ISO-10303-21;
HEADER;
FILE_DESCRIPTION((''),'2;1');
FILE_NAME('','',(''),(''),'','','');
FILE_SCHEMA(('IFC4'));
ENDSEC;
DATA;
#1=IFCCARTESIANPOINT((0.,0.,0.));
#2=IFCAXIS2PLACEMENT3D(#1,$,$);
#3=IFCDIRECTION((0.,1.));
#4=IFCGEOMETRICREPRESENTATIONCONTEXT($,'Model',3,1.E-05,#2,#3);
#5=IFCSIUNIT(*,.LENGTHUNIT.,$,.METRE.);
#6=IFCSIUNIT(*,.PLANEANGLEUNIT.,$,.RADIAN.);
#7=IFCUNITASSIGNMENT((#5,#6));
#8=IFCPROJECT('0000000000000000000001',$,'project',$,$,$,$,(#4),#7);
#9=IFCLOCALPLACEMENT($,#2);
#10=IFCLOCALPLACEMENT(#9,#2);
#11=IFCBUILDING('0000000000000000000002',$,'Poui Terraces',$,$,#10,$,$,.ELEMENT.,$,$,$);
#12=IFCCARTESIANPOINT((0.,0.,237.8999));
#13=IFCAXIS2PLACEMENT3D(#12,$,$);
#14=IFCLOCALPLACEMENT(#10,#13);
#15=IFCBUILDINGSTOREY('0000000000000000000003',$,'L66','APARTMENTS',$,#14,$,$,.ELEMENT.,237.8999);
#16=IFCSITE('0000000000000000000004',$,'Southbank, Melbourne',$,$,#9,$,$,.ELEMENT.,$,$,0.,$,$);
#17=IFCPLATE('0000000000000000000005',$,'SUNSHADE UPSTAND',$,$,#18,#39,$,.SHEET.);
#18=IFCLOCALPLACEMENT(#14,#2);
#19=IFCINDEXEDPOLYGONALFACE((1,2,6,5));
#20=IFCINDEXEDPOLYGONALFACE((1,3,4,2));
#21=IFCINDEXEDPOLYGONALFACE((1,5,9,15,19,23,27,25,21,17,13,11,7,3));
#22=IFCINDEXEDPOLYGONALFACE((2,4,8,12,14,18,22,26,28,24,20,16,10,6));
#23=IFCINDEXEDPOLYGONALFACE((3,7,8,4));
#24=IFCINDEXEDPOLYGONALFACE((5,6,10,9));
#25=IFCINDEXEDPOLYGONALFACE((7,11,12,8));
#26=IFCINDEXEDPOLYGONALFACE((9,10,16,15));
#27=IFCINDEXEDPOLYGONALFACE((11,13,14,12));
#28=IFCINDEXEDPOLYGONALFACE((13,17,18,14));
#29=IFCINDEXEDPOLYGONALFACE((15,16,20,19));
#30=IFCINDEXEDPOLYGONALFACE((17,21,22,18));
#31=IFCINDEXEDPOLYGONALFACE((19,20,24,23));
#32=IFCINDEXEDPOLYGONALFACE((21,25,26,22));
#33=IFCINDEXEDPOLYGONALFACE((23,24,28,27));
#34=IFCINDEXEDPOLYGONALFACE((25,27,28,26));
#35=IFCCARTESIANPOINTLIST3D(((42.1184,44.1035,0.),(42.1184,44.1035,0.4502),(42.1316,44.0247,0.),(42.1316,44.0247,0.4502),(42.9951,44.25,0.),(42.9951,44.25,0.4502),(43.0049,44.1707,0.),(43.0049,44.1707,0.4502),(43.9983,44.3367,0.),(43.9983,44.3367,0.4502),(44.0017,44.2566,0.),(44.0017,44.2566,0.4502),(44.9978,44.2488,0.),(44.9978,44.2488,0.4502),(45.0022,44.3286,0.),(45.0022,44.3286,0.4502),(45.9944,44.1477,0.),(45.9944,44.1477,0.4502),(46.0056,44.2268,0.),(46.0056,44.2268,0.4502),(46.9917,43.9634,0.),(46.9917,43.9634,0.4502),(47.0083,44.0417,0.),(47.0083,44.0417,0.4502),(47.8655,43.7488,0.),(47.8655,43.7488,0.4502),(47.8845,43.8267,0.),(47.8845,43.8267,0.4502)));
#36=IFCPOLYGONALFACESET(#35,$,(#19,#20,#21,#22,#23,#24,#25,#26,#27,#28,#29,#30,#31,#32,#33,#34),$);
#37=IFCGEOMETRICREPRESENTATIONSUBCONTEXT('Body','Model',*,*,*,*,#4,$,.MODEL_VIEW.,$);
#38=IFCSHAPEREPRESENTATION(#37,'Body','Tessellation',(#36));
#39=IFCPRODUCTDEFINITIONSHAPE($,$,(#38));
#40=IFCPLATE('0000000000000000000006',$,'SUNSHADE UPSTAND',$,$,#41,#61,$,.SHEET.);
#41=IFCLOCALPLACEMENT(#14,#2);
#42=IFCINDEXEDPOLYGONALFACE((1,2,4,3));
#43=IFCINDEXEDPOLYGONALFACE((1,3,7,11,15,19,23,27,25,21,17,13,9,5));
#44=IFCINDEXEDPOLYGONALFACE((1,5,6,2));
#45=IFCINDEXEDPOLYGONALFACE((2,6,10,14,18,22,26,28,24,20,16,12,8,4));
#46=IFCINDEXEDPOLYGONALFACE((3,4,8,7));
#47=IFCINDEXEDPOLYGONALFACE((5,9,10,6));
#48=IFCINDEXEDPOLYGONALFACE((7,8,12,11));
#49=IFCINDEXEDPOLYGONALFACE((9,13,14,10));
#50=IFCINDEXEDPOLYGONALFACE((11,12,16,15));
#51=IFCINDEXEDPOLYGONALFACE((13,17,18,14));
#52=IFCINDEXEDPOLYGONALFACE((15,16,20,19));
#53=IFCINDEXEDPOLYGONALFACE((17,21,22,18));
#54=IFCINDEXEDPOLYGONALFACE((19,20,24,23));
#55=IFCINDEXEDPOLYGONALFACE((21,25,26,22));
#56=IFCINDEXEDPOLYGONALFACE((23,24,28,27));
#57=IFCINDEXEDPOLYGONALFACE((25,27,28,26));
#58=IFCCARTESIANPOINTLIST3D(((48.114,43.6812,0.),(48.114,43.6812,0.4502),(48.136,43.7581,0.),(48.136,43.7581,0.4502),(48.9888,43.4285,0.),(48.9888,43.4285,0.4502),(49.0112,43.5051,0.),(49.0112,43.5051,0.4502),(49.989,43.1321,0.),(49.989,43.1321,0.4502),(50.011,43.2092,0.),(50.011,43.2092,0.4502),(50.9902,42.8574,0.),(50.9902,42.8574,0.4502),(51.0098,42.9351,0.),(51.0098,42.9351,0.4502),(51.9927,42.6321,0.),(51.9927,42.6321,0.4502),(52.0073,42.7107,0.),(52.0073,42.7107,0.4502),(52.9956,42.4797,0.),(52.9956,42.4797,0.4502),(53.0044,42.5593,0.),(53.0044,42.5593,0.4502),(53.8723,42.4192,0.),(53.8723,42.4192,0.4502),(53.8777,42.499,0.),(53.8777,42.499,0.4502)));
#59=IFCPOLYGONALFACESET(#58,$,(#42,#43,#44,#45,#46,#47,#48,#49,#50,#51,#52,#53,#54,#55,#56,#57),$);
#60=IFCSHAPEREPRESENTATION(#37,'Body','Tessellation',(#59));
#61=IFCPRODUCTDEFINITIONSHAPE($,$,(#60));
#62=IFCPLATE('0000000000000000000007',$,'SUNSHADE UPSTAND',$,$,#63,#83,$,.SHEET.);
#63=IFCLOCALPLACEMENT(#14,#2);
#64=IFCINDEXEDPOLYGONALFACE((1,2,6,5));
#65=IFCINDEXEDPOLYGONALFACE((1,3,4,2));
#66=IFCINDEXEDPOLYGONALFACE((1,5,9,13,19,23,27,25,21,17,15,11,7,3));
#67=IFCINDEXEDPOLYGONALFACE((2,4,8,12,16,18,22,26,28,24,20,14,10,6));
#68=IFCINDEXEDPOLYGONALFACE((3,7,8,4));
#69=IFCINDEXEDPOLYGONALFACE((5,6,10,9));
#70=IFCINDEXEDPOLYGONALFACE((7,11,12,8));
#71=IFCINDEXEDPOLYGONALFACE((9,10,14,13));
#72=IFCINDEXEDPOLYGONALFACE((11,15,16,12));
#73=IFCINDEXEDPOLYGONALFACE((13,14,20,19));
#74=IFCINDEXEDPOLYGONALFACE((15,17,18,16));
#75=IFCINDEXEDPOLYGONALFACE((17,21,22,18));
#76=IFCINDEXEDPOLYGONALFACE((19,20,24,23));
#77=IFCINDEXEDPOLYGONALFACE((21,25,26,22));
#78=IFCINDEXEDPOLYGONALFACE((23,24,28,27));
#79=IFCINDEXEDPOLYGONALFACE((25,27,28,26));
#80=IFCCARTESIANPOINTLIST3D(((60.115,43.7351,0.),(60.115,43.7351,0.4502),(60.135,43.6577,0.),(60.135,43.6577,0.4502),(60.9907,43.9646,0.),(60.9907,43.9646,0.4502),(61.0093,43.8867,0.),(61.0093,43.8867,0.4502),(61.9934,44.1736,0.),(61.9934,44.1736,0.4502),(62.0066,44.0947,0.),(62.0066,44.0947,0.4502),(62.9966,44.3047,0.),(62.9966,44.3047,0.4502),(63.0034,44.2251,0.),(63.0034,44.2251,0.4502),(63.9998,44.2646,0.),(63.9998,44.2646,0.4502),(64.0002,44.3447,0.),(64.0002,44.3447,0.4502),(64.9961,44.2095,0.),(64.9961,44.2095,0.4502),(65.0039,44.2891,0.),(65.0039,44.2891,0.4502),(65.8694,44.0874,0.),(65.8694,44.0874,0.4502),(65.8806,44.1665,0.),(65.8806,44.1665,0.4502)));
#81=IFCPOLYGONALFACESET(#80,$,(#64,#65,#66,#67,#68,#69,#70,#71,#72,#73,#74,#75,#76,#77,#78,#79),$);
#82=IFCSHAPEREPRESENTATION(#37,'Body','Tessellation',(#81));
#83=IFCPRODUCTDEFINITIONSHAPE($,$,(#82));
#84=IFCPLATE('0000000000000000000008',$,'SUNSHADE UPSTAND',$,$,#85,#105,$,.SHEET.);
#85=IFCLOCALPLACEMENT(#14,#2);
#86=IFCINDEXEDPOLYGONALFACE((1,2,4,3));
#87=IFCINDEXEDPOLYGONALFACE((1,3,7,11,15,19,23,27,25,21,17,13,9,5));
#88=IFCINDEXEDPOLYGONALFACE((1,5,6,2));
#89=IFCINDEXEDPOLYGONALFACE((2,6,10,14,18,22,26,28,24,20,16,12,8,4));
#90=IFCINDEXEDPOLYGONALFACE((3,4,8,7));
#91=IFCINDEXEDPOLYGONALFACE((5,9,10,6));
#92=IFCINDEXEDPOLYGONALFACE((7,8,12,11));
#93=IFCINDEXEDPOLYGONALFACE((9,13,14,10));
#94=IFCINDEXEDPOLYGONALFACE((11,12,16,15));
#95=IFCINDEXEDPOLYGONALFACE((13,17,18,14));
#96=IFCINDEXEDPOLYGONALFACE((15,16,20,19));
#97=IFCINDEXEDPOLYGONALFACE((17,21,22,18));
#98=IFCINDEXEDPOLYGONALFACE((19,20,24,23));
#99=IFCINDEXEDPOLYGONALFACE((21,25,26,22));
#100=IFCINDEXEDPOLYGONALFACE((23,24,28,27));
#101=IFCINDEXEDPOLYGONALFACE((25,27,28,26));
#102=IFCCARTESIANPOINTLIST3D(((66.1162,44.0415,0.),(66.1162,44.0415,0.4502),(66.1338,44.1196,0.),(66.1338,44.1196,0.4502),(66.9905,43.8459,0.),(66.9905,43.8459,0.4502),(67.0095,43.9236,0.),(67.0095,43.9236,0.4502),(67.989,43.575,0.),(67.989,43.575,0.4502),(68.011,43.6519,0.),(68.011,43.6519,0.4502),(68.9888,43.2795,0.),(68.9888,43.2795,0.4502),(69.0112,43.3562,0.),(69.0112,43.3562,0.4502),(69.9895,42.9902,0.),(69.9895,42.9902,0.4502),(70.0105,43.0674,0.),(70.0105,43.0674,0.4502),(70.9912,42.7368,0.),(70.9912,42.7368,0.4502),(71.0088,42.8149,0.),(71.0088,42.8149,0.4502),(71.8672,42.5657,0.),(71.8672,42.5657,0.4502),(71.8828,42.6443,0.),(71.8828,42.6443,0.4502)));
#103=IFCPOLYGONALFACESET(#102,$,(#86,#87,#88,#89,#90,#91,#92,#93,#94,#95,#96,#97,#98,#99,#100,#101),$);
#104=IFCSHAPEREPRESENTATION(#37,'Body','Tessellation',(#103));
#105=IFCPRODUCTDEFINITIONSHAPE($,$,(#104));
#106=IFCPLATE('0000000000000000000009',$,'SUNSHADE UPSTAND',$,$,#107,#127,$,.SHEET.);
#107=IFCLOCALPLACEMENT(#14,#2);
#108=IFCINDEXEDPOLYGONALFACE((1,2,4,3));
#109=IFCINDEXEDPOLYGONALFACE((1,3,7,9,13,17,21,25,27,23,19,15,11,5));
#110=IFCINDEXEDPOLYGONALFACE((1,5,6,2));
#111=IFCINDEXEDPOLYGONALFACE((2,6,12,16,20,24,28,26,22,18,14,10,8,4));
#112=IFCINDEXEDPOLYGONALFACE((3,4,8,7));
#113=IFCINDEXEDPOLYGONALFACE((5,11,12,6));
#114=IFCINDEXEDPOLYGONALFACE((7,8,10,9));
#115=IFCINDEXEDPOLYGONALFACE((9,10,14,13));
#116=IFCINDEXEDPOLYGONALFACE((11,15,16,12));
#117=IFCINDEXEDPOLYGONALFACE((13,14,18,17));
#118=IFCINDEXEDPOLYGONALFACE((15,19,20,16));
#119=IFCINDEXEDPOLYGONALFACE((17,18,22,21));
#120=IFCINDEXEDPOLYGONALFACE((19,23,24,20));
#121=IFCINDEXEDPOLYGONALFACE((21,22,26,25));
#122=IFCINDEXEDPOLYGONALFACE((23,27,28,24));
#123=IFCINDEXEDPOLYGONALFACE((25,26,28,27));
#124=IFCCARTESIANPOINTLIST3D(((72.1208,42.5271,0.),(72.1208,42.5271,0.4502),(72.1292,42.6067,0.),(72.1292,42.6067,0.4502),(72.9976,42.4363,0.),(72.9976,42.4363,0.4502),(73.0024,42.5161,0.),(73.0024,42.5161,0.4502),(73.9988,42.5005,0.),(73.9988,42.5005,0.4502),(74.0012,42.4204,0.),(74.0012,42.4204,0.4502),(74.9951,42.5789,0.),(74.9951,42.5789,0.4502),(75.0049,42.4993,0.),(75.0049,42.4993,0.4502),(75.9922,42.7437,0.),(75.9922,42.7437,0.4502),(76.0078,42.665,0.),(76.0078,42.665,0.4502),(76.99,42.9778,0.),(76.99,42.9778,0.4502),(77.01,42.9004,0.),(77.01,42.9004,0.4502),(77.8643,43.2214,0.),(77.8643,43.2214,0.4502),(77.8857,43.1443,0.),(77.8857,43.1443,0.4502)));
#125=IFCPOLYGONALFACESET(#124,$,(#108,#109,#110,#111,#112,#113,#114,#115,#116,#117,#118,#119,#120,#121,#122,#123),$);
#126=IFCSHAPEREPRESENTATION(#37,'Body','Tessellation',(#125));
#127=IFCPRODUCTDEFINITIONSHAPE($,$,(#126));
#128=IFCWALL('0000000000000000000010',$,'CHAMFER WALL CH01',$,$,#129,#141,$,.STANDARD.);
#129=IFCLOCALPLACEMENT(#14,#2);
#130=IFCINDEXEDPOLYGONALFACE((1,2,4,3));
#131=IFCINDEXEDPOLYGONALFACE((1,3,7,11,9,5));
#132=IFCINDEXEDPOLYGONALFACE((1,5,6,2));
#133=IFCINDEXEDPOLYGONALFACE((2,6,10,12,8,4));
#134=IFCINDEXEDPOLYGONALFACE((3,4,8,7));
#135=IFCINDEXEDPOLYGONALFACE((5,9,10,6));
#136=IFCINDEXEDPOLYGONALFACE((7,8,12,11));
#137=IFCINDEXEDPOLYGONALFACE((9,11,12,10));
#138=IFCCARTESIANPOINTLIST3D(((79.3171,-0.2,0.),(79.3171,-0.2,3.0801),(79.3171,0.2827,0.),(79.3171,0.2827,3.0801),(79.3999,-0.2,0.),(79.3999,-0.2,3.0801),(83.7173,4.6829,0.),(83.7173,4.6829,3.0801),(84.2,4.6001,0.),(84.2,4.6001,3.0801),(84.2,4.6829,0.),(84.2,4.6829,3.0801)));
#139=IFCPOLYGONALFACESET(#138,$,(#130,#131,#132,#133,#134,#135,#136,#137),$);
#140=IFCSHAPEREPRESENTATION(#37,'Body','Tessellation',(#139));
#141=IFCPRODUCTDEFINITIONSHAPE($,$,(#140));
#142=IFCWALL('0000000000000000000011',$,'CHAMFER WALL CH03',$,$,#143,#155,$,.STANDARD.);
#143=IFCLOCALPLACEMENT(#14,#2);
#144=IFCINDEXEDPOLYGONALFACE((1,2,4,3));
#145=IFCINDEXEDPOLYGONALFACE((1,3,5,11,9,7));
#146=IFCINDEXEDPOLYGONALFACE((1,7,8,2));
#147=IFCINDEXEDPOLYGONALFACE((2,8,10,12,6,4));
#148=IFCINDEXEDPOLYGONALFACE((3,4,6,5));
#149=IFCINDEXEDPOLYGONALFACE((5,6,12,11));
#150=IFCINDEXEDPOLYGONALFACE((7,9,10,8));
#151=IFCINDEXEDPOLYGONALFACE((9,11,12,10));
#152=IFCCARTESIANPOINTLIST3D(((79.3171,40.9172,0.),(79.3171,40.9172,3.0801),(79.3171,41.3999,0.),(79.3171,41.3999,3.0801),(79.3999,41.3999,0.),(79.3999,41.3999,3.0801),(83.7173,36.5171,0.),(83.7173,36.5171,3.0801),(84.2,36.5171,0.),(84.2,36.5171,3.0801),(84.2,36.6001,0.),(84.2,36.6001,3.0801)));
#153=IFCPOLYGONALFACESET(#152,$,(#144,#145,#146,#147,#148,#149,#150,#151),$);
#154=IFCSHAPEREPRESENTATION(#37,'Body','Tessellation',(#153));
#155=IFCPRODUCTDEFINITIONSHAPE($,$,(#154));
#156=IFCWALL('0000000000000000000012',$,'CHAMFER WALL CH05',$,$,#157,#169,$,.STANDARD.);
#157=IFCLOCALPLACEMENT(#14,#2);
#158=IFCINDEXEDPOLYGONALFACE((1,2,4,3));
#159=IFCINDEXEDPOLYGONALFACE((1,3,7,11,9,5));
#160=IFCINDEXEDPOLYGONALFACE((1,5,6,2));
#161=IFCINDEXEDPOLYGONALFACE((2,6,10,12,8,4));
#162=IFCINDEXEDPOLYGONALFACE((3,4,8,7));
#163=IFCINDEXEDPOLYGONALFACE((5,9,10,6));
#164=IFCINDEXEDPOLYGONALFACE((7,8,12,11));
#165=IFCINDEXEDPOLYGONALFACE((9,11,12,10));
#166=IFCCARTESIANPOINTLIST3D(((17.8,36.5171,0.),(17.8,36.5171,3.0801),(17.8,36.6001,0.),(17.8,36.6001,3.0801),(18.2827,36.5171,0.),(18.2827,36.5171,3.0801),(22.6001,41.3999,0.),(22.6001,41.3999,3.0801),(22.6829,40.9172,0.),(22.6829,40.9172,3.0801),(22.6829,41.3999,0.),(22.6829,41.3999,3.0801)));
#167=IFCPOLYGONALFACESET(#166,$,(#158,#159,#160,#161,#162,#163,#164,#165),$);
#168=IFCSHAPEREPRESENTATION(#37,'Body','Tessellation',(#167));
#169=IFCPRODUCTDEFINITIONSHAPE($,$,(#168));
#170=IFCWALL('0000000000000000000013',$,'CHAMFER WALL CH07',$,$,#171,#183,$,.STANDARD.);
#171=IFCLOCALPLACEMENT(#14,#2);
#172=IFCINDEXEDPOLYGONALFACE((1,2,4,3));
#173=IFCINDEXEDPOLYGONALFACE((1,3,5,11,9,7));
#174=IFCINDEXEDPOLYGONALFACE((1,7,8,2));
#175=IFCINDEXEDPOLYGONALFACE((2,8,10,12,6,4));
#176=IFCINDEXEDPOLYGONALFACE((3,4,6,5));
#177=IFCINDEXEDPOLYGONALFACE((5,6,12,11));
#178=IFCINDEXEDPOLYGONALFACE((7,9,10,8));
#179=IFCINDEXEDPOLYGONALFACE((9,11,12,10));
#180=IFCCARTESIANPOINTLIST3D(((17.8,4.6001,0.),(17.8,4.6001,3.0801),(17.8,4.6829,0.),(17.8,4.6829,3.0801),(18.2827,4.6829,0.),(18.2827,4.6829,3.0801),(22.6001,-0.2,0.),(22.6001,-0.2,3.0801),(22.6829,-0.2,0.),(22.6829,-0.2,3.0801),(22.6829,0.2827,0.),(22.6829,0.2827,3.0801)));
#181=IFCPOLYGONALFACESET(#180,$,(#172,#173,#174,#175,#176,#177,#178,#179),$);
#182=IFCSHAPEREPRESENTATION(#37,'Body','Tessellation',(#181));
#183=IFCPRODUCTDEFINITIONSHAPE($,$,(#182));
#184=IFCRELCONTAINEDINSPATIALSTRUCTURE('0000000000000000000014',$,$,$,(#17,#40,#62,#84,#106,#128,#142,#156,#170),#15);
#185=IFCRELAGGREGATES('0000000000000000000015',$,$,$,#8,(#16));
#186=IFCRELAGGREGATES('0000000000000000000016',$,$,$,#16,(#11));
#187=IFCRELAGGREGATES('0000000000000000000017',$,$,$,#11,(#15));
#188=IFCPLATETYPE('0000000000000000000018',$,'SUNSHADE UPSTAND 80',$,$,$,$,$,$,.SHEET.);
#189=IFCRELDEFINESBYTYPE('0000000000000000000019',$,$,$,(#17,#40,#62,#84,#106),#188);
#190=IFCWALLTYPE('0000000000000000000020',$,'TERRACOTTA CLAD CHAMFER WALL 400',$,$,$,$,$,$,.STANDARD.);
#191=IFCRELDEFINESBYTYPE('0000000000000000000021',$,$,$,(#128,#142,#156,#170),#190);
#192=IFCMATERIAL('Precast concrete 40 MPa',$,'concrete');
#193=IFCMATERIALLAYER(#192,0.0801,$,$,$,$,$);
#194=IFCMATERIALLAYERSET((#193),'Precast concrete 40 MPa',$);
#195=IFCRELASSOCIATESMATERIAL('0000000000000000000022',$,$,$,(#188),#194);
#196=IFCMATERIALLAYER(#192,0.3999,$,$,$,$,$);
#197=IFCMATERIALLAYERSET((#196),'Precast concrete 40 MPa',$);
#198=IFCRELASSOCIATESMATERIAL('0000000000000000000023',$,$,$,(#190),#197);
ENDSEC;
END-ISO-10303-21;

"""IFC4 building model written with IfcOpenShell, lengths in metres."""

from ifc_helpers import new_model, si_unit, direction, frame, origin, place, context, subcontext, project, spatial, polyline, outline, extrude, material, layer, layer_set, type_object, element, save


model = new_model("IFC4")

# Units and contexts
model_context = context("Model", 3, precision=1e-05, world=origin(), true_north=direction((0.0, 1.0)))
body_context = subcontext(model_context, "Body", "Model", "MODEL_VIEW")
ifc_project = project(units=[si_unit("LENGTHUNIT", "METRE"), si_unit("PLANEANGLEUNIT", "RADIAN")], contexts=[model_context])

# Site, building, storey
site_placement = place(None, origin())
site = spatial("IfcSite", under=ifc_project, at=site_placement, Name="Southbank, Melbourne", CompositionType="ELEMENT", RefElevation=0.0)
building_placement = place(site_placement, origin())
building = spatial("IfcBuilding", under=site, at=building_placement, Name="Poui Terraces", CompositionType="ELEMENT")
storey_placement = place(building_placement, frame((0.0, 0.0, 237.8999)))
storey = spatial("IfcBuildingStorey", under=building, at=storey_placement, Name="L66", Description="APARTMENTS", CompositionType="ELEMENT", Elevation=237.8999)

# Shared definitions
ifc_material_1 = material(Name="Precast concrete 40 MPa", Category="concrete")

# Plates
ifc_layer_1 = layer(ifc_material_1, 0.0801)
ifc_layer_set_1 = layer_set([ifc_layer_1], Name="Precast concrete 40 MPa")
plate_type = type_object("IfcPlateType", Name="SUNSHADE UPSTAND 80", PredefinedType="SHEET", material=ifc_layer_set_1)
plate_1_placement = place(storey_placement, origin())
element("IfcPlate", 1, at=plate_1_placement, inside=storey, type_object=plate_type, Name="SUNSHADE UPSTAND", PredefinedType="SHEET", context=body_context, shape_type="SweptSolid", body=[
    extrude(outline(polyline([(42.9951, 44.25), (42.1184, 44.1035), (42.1316, 44.0247), (43.0049, 44.1707), (44.0017, 44.2566), (44.9978, 44.2488), (45.9944, 44.1477), (46.9917, 43.9634), (47.8655, 43.7488), (47.8845, 43.8267), (47.0083, 44.0417), (46.0056, 44.2268), (45.0022, 44.3286), (43.9983, 44.3367), (42.9951, 44.25)])), origin(), (0.0, 0.0, 1.0), 0.4502),
])
plate_2_placement = place(storey_placement, origin())
element("IfcPlate", 2, at=plate_2_placement, inside=storey, type_object=plate_type, Name="SUNSHADE UPSTAND", PredefinedType="SHEET", context=body_context, shape_type="SweptSolid", body=[
    extrude(outline(polyline([(49.0112, 43.5051), (48.136, 43.7581), (48.114, 43.6812), (48.9888, 43.4285), (49.989, 43.1321), (50.9902, 42.8574), (51.9927, 42.6321), (52.9956, 42.4797), (53.8723, 42.4192), (53.8777, 42.499), (53.0044, 42.5593), (52.0073, 42.7107), (51.0098, 42.9351), (50.011, 43.2092), (49.0112, 43.5051)])), origin(), (0.0, 0.0, 1.0), 0.4502),
])
plate_3_placement = place(storey_placement, origin())
element("IfcPlate", 3, at=plate_3_placement, inside=storey, type_object=plate_type, Name="SUNSHADE UPSTAND", PredefinedType="SHEET", context=body_context, shape_type="SweptSolid", body=[
    extrude(outline(polyline([(60.9907, 43.9646), (60.115, 43.7351), (60.135, 43.6577), (61.0093, 43.8867), (62.0066, 44.0947), (63.0034, 44.2251), (63.9998, 44.2646), (64.9961, 44.2095), (65.8694, 44.0874), (65.8806, 44.1665), (65.0039, 44.2891), (64.0002, 44.3447), (62.9966, 44.3047), (61.9934, 44.1736), (60.9907, 43.9646)])), origin(), (0.0, 0.0, 1.0), 0.4502),
])
plate_4_placement = place(storey_placement, origin())
element("IfcPlate", 4, at=plate_4_placement, inside=storey, type_object=plate_type, Name="SUNSHADE UPSTAND", PredefinedType="SHEET", context=body_context, shape_type="SweptSolid", body=[
    extrude(outline(polyline([(67.0095, 43.9236), (66.1338, 44.1196), (66.1162, 44.0415), (66.9905, 43.8459), (67.989, 43.575), (68.9888, 43.2795), (69.9895, 42.9902), (70.9912, 42.7368), (71.8672, 42.5657), (71.8828, 42.6443), (71.0088, 42.8149), (70.0105, 43.0674), (69.0112, 43.3562), (68.011, 43.6519), (67.0095, 43.9236)])), origin(), (0.0, 0.0, 1.0), 0.4502),
])
plate_5_placement = place(storey_placement, origin())
element("IfcPlate", 5, at=plate_5_placement, inside=storey, type_object=plate_type, Name="SUNSHADE UPSTAND", PredefinedType="SHEET", context=body_context, shape_type="SweptSolid", body=[
    extrude(outline(polyline([(73.0024, 42.5161), (72.1292, 42.6067), (72.1208, 42.5271), (72.9976, 42.4363), (74.0012, 42.4204), (75.0049, 42.4993), (76.0078, 42.665), (77.01, 42.9004), (77.8857, 43.1443), (77.8643, 43.2214), (76.99, 42.9778), (75.9922, 42.7437), (74.9951, 42.5789), (73.9988, 42.5005), (73.0024, 42.5161)])), origin(), (0.0, 0.0, 1.0), 0.4502),
])

# Walls
ifc_layer_2 = layer(ifc_material_1, 0.3999)
ifc_layer_set_2 = layer_set([ifc_layer_2], Name="Precast concrete 40 MPa")
wall_type = type_object("IfcWallType", Name="TERRACOTTA CLAD CHAMFER WALL 400", PredefinedType="STANDARD", material=ifc_layer_set_2)
wall_1_placement = place(storey_placement, origin())
element("IfcWall", 6, at=wall_1_placement, inside=storey, type_object=wall_type, Name="CHAMFER WALL CH01", PredefinedType="STANDARD", context=body_context, shape_type="SweptSolid", body=[
    extrude(outline(polyline([(79.3171, -0.2), (79.3999, -0.2), (84.2, 4.6001), (84.2, 4.6829), (83.7173, 4.6829), (79.3171, 0.2827), (79.3171, -0.2)])), origin(), (0.0, 0.0, 1.0), 3.0801),
])
wall_2_placement = place(storey_placement, origin())
element("IfcWall", 7, at=wall_2_placement, inside=storey, type_object=wall_type, Name="CHAMFER WALL CH03", PredefinedType="STANDARD", context=body_context, shape_type="SweptSolid", body=[
    extrude(outline(polyline([(84.2, 36.5171), (84.2, 36.6001), (79.3999, 41.3999), (79.3171, 41.3999), (79.3171, 40.9172), (83.7173, 36.5171), (84.2, 36.5171)])), origin(), (0.0, 0.0, 1.0), 3.0801),
])
wall_3_placement = place(storey_placement, origin())
element("IfcWall", 8, at=wall_3_placement, inside=storey, type_object=wall_type, Name="CHAMFER WALL CH05", PredefinedType="STANDARD", context=body_context, shape_type="SweptSolid", body=[
    extrude(outline(polyline([(22.6829, 41.3999), (22.6001, 41.3999), (17.8, 36.6001), (17.8, 36.5171), (18.2827, 36.5171), (22.6829, 40.9172), (22.6829, 41.3999)])), origin(), (0.0, 0.0, 1.0), 3.0801),
])
wall_4_placement = place(storey_placement, origin())
element("IfcWall", 9, at=wall_4_placement, inside=storey, type_object=wall_type, Name="CHAMFER WALL CH07", PredefinedType="STANDARD", context=body_context, shape_type="SweptSolid", body=[
    extrude(outline(polyline([(17.8, 4.6829), (17.8, 4.6001), (22.6001, -0.2), (22.6829, -0.2), (22.6829, 0.2827), (18.2827, 4.6829), (17.8, 4.6829)])), origin(), (0.0, 0.0, 1.0), 3.0801),
])

save(model, "model.ifc")
